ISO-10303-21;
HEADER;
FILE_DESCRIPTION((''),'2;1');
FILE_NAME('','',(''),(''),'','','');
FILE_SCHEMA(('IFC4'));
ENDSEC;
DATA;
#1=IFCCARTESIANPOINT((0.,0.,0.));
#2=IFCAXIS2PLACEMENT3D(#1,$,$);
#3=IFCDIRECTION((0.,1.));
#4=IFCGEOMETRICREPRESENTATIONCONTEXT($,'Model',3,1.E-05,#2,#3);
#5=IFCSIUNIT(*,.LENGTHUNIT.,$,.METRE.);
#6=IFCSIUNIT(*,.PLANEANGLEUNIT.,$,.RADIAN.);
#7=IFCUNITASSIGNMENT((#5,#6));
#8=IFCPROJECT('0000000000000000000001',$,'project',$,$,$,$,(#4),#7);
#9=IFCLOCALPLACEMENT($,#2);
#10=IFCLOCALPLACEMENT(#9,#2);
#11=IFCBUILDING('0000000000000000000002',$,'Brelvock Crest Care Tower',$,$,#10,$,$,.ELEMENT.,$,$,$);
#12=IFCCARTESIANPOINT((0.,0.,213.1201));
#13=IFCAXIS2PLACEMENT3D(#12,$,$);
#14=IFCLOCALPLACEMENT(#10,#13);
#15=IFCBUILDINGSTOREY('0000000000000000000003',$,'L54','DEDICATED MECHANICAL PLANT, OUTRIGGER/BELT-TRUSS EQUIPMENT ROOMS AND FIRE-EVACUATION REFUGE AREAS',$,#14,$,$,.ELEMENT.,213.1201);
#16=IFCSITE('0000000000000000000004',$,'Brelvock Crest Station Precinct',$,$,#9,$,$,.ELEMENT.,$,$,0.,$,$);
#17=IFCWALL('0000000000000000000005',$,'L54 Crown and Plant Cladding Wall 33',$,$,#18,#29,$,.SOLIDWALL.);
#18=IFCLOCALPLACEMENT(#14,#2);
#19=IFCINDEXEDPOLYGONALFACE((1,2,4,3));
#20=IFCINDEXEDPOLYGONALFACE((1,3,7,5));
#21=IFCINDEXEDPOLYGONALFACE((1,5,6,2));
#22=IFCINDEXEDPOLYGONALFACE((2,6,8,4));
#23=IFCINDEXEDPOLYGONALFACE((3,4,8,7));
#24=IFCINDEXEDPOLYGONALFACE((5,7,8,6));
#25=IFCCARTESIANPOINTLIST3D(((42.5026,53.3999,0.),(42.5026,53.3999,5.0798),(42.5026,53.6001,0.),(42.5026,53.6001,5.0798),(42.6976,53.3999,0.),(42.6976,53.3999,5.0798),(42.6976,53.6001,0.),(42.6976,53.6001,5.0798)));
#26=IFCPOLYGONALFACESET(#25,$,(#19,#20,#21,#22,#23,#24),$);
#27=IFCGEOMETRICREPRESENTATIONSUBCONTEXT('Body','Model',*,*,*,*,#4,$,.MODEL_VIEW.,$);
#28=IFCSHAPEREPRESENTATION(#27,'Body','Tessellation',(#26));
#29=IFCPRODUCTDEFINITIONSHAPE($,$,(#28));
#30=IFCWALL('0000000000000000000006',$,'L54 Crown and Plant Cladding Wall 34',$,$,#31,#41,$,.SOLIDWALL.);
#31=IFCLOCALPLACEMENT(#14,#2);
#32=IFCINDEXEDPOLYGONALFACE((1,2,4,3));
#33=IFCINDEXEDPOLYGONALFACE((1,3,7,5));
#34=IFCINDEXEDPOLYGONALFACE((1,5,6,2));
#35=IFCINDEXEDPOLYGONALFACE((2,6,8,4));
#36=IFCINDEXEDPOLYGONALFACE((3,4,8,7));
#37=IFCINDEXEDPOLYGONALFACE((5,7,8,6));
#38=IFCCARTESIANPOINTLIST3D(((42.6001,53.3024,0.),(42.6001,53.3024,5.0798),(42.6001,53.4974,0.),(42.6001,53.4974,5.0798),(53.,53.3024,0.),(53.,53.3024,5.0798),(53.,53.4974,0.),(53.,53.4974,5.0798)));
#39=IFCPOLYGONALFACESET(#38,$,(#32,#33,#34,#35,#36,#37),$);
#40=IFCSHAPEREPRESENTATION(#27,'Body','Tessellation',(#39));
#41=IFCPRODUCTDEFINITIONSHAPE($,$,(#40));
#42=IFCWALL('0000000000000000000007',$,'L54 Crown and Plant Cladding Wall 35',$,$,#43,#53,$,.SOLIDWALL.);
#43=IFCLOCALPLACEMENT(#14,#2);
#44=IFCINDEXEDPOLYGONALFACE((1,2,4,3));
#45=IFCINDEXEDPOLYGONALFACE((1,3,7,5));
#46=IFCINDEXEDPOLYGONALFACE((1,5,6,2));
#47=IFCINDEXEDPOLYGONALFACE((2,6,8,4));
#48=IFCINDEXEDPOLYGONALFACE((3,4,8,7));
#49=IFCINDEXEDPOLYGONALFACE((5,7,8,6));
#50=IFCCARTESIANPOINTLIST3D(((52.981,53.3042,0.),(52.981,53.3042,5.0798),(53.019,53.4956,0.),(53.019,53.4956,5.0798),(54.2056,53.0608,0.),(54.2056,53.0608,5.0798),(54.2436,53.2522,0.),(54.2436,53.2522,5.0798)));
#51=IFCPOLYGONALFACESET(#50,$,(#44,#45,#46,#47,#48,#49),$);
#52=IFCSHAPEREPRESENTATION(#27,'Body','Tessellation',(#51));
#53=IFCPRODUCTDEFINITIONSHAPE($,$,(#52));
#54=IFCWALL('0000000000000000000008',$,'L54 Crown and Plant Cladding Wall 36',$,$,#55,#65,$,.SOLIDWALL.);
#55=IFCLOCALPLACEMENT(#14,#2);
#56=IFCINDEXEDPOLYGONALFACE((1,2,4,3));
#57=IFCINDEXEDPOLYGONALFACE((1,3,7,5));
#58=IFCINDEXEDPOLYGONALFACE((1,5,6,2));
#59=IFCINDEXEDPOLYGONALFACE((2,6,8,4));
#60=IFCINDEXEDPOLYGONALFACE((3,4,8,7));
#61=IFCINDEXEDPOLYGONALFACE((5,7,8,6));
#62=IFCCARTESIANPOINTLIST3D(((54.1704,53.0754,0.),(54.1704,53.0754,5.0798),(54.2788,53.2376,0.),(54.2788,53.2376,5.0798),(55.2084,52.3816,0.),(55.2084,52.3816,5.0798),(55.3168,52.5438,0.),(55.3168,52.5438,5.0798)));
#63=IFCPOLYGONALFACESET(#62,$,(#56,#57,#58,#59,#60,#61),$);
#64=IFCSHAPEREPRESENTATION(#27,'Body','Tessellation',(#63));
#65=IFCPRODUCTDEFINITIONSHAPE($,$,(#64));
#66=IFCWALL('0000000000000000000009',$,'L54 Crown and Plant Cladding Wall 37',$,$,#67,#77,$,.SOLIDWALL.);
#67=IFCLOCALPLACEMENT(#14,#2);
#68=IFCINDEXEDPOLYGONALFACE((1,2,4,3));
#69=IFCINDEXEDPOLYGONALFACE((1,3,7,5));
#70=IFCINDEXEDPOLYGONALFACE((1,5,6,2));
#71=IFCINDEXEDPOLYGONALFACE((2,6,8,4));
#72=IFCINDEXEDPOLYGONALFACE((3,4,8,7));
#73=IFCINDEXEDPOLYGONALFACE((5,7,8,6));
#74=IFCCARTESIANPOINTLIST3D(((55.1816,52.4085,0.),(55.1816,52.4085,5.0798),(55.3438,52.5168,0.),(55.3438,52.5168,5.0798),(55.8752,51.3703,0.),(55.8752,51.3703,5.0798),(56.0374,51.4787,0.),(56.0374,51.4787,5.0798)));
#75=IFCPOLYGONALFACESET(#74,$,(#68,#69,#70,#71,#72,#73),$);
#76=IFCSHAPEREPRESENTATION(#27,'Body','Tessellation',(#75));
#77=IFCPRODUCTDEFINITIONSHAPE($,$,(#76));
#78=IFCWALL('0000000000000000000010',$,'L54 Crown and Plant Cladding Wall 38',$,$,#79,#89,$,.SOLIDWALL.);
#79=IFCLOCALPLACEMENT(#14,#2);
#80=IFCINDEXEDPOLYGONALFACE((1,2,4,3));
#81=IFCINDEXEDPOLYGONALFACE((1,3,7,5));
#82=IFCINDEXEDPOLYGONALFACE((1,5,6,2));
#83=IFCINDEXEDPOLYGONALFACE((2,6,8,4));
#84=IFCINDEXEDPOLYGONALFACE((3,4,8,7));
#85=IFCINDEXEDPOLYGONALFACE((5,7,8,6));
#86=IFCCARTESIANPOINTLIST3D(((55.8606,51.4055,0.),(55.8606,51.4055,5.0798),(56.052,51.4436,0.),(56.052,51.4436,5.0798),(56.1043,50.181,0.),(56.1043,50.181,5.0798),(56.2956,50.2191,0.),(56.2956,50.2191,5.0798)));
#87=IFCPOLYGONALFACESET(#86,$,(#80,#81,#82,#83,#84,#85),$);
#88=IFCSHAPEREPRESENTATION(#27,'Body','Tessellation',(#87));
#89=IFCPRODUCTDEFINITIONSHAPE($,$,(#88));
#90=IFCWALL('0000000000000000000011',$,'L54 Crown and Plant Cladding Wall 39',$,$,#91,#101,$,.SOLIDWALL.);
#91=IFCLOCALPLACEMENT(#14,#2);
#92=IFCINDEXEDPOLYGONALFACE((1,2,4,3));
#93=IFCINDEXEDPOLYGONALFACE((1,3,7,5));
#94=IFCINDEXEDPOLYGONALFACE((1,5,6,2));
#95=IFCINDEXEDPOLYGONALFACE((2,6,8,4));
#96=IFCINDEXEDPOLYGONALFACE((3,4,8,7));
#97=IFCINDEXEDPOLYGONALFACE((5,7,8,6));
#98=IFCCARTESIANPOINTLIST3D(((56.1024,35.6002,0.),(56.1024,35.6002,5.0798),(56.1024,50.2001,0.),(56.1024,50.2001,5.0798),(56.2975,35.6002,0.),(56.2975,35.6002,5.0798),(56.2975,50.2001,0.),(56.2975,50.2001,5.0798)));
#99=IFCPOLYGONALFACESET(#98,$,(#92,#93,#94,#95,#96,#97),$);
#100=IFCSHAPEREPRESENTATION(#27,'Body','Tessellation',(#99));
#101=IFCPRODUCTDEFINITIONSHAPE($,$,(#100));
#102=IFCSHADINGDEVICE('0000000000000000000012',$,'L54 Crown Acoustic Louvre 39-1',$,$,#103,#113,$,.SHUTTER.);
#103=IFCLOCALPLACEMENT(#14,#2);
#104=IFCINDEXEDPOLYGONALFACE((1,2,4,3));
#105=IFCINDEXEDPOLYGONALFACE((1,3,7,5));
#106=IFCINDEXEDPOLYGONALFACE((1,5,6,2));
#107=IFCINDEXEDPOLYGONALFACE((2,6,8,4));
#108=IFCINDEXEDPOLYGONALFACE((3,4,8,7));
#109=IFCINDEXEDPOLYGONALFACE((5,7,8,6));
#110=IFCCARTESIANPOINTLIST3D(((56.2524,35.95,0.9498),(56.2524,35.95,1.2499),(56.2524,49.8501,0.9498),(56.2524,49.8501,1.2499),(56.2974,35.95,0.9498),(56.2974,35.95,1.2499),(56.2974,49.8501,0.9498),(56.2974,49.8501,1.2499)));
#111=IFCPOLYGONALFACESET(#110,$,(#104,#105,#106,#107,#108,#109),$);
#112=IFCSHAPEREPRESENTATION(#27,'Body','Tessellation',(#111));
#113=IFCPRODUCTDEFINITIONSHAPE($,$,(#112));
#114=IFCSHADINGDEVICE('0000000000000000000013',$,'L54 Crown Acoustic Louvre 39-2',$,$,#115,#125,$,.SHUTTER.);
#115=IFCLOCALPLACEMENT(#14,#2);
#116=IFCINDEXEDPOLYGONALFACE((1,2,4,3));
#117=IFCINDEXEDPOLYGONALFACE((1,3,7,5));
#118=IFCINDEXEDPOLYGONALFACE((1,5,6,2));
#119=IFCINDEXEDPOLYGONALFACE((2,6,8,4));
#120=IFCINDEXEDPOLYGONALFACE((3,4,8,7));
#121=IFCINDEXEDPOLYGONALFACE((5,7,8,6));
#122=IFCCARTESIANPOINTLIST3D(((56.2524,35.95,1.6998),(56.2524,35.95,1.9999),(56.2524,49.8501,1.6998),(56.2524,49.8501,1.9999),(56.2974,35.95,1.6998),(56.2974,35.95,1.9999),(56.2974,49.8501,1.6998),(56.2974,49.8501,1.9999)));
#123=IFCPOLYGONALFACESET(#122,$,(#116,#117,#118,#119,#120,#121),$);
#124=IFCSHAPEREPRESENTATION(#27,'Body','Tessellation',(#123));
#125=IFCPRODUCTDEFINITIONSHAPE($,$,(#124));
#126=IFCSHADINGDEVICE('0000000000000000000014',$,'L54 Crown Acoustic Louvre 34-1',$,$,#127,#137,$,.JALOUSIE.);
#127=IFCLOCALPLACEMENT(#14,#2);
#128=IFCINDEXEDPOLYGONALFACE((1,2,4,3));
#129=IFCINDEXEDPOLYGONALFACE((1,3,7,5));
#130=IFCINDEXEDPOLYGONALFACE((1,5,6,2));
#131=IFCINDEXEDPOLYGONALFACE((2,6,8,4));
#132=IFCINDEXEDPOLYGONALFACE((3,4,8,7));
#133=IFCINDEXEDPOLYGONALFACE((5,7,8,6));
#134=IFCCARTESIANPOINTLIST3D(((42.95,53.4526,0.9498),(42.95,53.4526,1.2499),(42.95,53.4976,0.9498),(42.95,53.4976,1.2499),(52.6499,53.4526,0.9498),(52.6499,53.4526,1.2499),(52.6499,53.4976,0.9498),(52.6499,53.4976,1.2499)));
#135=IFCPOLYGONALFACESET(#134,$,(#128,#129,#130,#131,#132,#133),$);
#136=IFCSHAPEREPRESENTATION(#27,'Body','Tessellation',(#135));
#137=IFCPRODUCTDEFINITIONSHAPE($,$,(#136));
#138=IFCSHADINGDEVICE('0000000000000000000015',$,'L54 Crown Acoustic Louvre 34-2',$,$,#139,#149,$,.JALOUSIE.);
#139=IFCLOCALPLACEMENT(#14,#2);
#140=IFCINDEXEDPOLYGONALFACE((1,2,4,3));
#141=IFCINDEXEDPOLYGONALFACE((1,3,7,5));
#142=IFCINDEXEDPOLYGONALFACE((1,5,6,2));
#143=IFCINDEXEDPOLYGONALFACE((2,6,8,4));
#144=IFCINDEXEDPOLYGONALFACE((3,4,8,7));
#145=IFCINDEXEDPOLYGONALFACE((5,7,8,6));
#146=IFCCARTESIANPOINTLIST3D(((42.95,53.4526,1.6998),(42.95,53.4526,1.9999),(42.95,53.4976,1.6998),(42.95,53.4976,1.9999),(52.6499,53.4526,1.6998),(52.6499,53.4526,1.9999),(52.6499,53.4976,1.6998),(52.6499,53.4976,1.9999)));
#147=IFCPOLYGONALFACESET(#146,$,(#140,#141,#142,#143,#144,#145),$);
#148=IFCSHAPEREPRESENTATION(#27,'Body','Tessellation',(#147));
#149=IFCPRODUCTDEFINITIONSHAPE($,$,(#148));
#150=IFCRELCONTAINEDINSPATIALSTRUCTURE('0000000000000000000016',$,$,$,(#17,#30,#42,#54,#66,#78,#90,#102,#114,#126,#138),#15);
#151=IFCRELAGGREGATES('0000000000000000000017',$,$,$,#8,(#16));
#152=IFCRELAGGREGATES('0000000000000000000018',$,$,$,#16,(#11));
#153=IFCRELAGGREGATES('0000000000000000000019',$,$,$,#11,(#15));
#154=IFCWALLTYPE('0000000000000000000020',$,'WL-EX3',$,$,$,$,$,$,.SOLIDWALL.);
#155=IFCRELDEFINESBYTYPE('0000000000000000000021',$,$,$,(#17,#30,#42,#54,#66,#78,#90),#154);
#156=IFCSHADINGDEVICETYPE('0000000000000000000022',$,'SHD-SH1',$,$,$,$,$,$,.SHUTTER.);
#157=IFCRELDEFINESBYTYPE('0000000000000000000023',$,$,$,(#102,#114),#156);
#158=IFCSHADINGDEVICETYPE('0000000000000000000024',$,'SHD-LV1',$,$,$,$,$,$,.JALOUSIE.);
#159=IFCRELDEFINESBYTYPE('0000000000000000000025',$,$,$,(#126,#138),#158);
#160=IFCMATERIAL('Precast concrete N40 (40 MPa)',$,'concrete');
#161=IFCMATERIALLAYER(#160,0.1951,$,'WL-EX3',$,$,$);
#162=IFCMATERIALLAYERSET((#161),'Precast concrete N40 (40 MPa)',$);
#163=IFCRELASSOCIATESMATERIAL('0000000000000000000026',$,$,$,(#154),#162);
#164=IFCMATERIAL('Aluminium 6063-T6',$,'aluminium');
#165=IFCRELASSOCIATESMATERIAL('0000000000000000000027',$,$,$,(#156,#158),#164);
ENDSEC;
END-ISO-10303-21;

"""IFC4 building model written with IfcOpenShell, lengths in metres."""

from ifc_helpers import new_model, si_unit, direction, frame, frame_2d, origin, origin_2d, place, context, subcontext, project, spatial, rectangle, extrude, source, transform, mapped, material, layer, layer_set, material_profile, profile_set, type_object, element, save


model = new_model("IFC4")

# Units and contexts
model_context = context("Model", 3, precision=1e-05, world=origin(), true_north=direction((0.0, 1.0)))
body_context = subcontext(model_context, "Body", "Model", "MODEL_VIEW")
ifc_project = project(units=[si_unit("LENGTHUNIT", "METRE"), si_unit("PLANEANGLEUNIT", "RADIAN")], contexts=[model_context])

# Site, building, storey
site_placement = place(None, origin())
site = spatial("IfcSite", under=ifc_project, at=site_placement, Name="Brelvock Crest Station Precinct", CompositionType="ELEMENT", RefElevation=0.0)
building_placement = place(site_placement, origin())
building = spatial("IfcBuilding", under=site, at=building_placement, Name="Brelvock Crest Care Tower", CompositionType="ELEMENT")
storey_placement = place(building_placement, frame((0.0, 0.0, 213.1201)))
storey = spatial("IfcBuildingStorey", under=building, at=storey_placement, Name="L54", Description="DEDICATED MECHANICAL PLANT, OUTRIGGER/BELT-TRUSS EQUIPMENT ROOMS AND FIRE-EVACUATION REFUGE AREAS", CompositionType="ELEMENT", Elevation=213.1201)

# Walls
ifc_material_1 = material(Name="Precast concrete N40 (40 MPa)", Category="concrete")
ifc_layer = layer(ifc_material_1, 0.1951, Name="WL-EX3")
ifc_layer_set = layer_set([ifc_layer], Name="Precast concrete N40 (40 MPa)")
wall_type = type_object("IfcWallType", Name="WL-EX3", PredefinedType="SOLIDWALL", material=ifc_layer_set)
wall_1_placement = place(storey_placement, frame((42.6001, 53.6001, 0.0), z_axis=(0.0, 0.0, 1.0), x_axis=(0.0, -1.0, 0.0)))
element("IfcWall", 1, at=wall_1_placement, inside=storey, type_object=wall_type, Name="L54 Crown and Plant Cladding Wall 33", PredefinedType="SOLIDWALL", context=body_context, shape_type="SweptSolid", body=[
    extrude(rectangle(XDim=0.2002, YDim=0.1951, at=frame_2d((0.1001, 0.0))), origin(), (0.0, 0.0, 1.0), 5.0798),
])
wall_2_placement = place(storey_placement, frame((42.6001, 53.3999, 0.0), z_axis=(0.0, 0.0, 1.0), x_axis=(1.0, 0.0, 0.0)))
element("IfcWall", 2, at=wall_2_placement, inside=storey, type_object=wall_type, Name="L54 Crown and Plant Cladding Wall 34", PredefinedType="SOLIDWALL", context=body_context, shape_type="SweptSolid", body=[
    extrude(rectangle(XDim=10.3999, YDim=0.1951, at=frame_2d((5.2, 0.0))), origin(), (0.0, 0.0, 1.0), 5.0798),
])
for number, where, z_axis, x_axis, name in (
    (3, (53.0, 53.3999, 0.0), (0.0, 0.0, 1.0), (0.980813, -0.19495, 0.0), "L54 Crown and Plant Cladding Wall 35"),
    (4, (54.2246, 53.1565, 0.0), (0.0, 0.0, 1.0), (0.831388, -0.555692, 0.0), "L54 Crown and Plant Cladding Wall 36"),
    (5, (55.2627, 52.4626, 0.0), (0.0, 0.0, 1.0), (0.555557, -0.831478, 0.0), "L54 Crown and Plant Cladding Wall 37"),
    (6, (55.9563, 51.4246, 0.0), (0.0, 0.0, 1.0), (0.195138, -0.980776, 0.0), "L54 Crown and Plant Cladding Wall 38"),
):
    element("IfcWall", number, at=place(storey_placement, frame(where, z_axis=z_axis, x_axis=x_axis)), inside=storey, type_object=wall_type, Name=name, PredefinedType="SOLIDWALL", context=body_context, shape_type="SweptSolid", body=[
        extrude(rectangle(XDim=1.2485, YDim=0.1951, at=frame_2d((0.6243, 0.0))), origin(), (0.0, 0.0, 1.0), 5.0798),
    ])
wall_3_placement = place(storey_placement, frame((56.2, 50.2, 0.0), z_axis=(0.0, 0.0, 1.0), x_axis=(0.0, -1.0, 0.0)))
element("IfcWall", 7, at=wall_3_placement, inside=storey, type_object=wall_type, Name="L54 Crown and Plant Cladding Wall 39", PredefinedType="SOLIDWALL", context=body_context, shape_type="SweptSolid", body=[
    extrude(rectangle(XDim=14.5999, YDim=0.1951, at=frame_2d((7.2998, 0.0))), origin(), (0.0, 0.0, 1.0), 5.0798),
])

# Shading devices
ifc_material_2 = material(Name="Aluminium 6063-T6", Category="aluminium")
ifc_material_profile_1 = material_profile(ifc_material_2, rectangle(XDim=0.0449, YDim=0.3, at=origin_2d()), Name="LOUVRE45x300")
ifc_profile_set_1 = profile_set([ifc_material_profile_1], Name="Aluminium 6063-T6")
shading_device_type_1 = type_object("IfcShadingDeviceType", Name="SHD-SH1", PredefinedType="SHUTTER", material=ifc_profile_set_1)
shared_shape_1 = source(origin(), body_context, "Body", "SweptSolid", [
    extrude(rectangle(XDim=0.0449, YDim=0.3, at=origin_2d()), origin(), (0.0, 0.0, 1.0), 13.9001),
])
for number, where, z_axis, x_axis, name in (
    (8, (56.2749, 49.8501, 1.0999), (0.0, -1.0, 0.0), (1.0, 0.0, 0.0), "L54 Crown Acoustic Louvre 39-1"),
    (9, (56.2749, 49.8501, 1.8499), (0.0, -1.0, 0.0), (1.0, 0.0, 0.0), "L54 Crown Acoustic Louvre 39-2"),
):
    element("IfcShadingDevice", number, at=place(storey_placement, frame(where, z_axis=z_axis, x_axis=x_axis)), inside=storey, type_object=shading_device_type_1, Name=name, PredefinedType="SHUTTER", context=body_context, shape_type="MappedRepresentation", body=[
        mapped(shared_shape_1, transform((0.0, 0.0, 0.0), x_axis=(1.0, 0.0, 0.0), y_axis=(0.0, 1.0, 0.0), z_axis=(0.0, 0.0, 1.0), scale=1.0)),
    ])
ifc_material_profile_2 = material_profile(ifc_material_2, rectangle(XDim=0.0449, YDim=0.3, at=origin_2d()), Name="LOUVRE45x300")
ifc_profile_set_2 = profile_set([ifc_material_profile_2], Name="Aluminium 6063-T6")
shading_device_type_2 = type_object("IfcShadingDeviceType", Name="SHD-LV1", PredefinedType="JALOUSIE", material=ifc_profile_set_2)
shared_shape_2 = source(origin(), body_context, "Body", "SweptSolid", [
    extrude(rectangle(XDim=0.0449, YDim=0.3, at=origin_2d()), origin(), (0.0, 0.0, 1.0), 9.7),
])
for number, where, z_axis, x_axis, name in (
    (10, (42.95, 53.4751, 1.0999), (1.0, 0.0, 0.0), (0.0, 1.0, 0.0), "L54 Crown Acoustic Louvre 34-1"),
    (11, (42.95, 53.4751, 1.8499), (1.0, 0.0, 0.0), (0.0, 1.0, 0.0), "L54 Crown Acoustic Louvre 34-2"),
):
    element("IfcShadingDevice", number, at=place(storey_placement, frame(where, z_axis=z_axis, x_axis=x_axis)), inside=storey, type_object=shading_device_type_2, Name=name, PredefinedType="JALOUSIE", context=body_context, shape_type="MappedRepresentation", body=[
        mapped(shared_shape_2, transform((0.0, 0.0, 0.0), x_axis=(1.0, 0.0, 0.0), y_axis=(0.0, 1.0, 0.0), z_axis=(0.0, 0.0, 1.0), scale=1.0)),
    ])

save(model, "model.ifc")
